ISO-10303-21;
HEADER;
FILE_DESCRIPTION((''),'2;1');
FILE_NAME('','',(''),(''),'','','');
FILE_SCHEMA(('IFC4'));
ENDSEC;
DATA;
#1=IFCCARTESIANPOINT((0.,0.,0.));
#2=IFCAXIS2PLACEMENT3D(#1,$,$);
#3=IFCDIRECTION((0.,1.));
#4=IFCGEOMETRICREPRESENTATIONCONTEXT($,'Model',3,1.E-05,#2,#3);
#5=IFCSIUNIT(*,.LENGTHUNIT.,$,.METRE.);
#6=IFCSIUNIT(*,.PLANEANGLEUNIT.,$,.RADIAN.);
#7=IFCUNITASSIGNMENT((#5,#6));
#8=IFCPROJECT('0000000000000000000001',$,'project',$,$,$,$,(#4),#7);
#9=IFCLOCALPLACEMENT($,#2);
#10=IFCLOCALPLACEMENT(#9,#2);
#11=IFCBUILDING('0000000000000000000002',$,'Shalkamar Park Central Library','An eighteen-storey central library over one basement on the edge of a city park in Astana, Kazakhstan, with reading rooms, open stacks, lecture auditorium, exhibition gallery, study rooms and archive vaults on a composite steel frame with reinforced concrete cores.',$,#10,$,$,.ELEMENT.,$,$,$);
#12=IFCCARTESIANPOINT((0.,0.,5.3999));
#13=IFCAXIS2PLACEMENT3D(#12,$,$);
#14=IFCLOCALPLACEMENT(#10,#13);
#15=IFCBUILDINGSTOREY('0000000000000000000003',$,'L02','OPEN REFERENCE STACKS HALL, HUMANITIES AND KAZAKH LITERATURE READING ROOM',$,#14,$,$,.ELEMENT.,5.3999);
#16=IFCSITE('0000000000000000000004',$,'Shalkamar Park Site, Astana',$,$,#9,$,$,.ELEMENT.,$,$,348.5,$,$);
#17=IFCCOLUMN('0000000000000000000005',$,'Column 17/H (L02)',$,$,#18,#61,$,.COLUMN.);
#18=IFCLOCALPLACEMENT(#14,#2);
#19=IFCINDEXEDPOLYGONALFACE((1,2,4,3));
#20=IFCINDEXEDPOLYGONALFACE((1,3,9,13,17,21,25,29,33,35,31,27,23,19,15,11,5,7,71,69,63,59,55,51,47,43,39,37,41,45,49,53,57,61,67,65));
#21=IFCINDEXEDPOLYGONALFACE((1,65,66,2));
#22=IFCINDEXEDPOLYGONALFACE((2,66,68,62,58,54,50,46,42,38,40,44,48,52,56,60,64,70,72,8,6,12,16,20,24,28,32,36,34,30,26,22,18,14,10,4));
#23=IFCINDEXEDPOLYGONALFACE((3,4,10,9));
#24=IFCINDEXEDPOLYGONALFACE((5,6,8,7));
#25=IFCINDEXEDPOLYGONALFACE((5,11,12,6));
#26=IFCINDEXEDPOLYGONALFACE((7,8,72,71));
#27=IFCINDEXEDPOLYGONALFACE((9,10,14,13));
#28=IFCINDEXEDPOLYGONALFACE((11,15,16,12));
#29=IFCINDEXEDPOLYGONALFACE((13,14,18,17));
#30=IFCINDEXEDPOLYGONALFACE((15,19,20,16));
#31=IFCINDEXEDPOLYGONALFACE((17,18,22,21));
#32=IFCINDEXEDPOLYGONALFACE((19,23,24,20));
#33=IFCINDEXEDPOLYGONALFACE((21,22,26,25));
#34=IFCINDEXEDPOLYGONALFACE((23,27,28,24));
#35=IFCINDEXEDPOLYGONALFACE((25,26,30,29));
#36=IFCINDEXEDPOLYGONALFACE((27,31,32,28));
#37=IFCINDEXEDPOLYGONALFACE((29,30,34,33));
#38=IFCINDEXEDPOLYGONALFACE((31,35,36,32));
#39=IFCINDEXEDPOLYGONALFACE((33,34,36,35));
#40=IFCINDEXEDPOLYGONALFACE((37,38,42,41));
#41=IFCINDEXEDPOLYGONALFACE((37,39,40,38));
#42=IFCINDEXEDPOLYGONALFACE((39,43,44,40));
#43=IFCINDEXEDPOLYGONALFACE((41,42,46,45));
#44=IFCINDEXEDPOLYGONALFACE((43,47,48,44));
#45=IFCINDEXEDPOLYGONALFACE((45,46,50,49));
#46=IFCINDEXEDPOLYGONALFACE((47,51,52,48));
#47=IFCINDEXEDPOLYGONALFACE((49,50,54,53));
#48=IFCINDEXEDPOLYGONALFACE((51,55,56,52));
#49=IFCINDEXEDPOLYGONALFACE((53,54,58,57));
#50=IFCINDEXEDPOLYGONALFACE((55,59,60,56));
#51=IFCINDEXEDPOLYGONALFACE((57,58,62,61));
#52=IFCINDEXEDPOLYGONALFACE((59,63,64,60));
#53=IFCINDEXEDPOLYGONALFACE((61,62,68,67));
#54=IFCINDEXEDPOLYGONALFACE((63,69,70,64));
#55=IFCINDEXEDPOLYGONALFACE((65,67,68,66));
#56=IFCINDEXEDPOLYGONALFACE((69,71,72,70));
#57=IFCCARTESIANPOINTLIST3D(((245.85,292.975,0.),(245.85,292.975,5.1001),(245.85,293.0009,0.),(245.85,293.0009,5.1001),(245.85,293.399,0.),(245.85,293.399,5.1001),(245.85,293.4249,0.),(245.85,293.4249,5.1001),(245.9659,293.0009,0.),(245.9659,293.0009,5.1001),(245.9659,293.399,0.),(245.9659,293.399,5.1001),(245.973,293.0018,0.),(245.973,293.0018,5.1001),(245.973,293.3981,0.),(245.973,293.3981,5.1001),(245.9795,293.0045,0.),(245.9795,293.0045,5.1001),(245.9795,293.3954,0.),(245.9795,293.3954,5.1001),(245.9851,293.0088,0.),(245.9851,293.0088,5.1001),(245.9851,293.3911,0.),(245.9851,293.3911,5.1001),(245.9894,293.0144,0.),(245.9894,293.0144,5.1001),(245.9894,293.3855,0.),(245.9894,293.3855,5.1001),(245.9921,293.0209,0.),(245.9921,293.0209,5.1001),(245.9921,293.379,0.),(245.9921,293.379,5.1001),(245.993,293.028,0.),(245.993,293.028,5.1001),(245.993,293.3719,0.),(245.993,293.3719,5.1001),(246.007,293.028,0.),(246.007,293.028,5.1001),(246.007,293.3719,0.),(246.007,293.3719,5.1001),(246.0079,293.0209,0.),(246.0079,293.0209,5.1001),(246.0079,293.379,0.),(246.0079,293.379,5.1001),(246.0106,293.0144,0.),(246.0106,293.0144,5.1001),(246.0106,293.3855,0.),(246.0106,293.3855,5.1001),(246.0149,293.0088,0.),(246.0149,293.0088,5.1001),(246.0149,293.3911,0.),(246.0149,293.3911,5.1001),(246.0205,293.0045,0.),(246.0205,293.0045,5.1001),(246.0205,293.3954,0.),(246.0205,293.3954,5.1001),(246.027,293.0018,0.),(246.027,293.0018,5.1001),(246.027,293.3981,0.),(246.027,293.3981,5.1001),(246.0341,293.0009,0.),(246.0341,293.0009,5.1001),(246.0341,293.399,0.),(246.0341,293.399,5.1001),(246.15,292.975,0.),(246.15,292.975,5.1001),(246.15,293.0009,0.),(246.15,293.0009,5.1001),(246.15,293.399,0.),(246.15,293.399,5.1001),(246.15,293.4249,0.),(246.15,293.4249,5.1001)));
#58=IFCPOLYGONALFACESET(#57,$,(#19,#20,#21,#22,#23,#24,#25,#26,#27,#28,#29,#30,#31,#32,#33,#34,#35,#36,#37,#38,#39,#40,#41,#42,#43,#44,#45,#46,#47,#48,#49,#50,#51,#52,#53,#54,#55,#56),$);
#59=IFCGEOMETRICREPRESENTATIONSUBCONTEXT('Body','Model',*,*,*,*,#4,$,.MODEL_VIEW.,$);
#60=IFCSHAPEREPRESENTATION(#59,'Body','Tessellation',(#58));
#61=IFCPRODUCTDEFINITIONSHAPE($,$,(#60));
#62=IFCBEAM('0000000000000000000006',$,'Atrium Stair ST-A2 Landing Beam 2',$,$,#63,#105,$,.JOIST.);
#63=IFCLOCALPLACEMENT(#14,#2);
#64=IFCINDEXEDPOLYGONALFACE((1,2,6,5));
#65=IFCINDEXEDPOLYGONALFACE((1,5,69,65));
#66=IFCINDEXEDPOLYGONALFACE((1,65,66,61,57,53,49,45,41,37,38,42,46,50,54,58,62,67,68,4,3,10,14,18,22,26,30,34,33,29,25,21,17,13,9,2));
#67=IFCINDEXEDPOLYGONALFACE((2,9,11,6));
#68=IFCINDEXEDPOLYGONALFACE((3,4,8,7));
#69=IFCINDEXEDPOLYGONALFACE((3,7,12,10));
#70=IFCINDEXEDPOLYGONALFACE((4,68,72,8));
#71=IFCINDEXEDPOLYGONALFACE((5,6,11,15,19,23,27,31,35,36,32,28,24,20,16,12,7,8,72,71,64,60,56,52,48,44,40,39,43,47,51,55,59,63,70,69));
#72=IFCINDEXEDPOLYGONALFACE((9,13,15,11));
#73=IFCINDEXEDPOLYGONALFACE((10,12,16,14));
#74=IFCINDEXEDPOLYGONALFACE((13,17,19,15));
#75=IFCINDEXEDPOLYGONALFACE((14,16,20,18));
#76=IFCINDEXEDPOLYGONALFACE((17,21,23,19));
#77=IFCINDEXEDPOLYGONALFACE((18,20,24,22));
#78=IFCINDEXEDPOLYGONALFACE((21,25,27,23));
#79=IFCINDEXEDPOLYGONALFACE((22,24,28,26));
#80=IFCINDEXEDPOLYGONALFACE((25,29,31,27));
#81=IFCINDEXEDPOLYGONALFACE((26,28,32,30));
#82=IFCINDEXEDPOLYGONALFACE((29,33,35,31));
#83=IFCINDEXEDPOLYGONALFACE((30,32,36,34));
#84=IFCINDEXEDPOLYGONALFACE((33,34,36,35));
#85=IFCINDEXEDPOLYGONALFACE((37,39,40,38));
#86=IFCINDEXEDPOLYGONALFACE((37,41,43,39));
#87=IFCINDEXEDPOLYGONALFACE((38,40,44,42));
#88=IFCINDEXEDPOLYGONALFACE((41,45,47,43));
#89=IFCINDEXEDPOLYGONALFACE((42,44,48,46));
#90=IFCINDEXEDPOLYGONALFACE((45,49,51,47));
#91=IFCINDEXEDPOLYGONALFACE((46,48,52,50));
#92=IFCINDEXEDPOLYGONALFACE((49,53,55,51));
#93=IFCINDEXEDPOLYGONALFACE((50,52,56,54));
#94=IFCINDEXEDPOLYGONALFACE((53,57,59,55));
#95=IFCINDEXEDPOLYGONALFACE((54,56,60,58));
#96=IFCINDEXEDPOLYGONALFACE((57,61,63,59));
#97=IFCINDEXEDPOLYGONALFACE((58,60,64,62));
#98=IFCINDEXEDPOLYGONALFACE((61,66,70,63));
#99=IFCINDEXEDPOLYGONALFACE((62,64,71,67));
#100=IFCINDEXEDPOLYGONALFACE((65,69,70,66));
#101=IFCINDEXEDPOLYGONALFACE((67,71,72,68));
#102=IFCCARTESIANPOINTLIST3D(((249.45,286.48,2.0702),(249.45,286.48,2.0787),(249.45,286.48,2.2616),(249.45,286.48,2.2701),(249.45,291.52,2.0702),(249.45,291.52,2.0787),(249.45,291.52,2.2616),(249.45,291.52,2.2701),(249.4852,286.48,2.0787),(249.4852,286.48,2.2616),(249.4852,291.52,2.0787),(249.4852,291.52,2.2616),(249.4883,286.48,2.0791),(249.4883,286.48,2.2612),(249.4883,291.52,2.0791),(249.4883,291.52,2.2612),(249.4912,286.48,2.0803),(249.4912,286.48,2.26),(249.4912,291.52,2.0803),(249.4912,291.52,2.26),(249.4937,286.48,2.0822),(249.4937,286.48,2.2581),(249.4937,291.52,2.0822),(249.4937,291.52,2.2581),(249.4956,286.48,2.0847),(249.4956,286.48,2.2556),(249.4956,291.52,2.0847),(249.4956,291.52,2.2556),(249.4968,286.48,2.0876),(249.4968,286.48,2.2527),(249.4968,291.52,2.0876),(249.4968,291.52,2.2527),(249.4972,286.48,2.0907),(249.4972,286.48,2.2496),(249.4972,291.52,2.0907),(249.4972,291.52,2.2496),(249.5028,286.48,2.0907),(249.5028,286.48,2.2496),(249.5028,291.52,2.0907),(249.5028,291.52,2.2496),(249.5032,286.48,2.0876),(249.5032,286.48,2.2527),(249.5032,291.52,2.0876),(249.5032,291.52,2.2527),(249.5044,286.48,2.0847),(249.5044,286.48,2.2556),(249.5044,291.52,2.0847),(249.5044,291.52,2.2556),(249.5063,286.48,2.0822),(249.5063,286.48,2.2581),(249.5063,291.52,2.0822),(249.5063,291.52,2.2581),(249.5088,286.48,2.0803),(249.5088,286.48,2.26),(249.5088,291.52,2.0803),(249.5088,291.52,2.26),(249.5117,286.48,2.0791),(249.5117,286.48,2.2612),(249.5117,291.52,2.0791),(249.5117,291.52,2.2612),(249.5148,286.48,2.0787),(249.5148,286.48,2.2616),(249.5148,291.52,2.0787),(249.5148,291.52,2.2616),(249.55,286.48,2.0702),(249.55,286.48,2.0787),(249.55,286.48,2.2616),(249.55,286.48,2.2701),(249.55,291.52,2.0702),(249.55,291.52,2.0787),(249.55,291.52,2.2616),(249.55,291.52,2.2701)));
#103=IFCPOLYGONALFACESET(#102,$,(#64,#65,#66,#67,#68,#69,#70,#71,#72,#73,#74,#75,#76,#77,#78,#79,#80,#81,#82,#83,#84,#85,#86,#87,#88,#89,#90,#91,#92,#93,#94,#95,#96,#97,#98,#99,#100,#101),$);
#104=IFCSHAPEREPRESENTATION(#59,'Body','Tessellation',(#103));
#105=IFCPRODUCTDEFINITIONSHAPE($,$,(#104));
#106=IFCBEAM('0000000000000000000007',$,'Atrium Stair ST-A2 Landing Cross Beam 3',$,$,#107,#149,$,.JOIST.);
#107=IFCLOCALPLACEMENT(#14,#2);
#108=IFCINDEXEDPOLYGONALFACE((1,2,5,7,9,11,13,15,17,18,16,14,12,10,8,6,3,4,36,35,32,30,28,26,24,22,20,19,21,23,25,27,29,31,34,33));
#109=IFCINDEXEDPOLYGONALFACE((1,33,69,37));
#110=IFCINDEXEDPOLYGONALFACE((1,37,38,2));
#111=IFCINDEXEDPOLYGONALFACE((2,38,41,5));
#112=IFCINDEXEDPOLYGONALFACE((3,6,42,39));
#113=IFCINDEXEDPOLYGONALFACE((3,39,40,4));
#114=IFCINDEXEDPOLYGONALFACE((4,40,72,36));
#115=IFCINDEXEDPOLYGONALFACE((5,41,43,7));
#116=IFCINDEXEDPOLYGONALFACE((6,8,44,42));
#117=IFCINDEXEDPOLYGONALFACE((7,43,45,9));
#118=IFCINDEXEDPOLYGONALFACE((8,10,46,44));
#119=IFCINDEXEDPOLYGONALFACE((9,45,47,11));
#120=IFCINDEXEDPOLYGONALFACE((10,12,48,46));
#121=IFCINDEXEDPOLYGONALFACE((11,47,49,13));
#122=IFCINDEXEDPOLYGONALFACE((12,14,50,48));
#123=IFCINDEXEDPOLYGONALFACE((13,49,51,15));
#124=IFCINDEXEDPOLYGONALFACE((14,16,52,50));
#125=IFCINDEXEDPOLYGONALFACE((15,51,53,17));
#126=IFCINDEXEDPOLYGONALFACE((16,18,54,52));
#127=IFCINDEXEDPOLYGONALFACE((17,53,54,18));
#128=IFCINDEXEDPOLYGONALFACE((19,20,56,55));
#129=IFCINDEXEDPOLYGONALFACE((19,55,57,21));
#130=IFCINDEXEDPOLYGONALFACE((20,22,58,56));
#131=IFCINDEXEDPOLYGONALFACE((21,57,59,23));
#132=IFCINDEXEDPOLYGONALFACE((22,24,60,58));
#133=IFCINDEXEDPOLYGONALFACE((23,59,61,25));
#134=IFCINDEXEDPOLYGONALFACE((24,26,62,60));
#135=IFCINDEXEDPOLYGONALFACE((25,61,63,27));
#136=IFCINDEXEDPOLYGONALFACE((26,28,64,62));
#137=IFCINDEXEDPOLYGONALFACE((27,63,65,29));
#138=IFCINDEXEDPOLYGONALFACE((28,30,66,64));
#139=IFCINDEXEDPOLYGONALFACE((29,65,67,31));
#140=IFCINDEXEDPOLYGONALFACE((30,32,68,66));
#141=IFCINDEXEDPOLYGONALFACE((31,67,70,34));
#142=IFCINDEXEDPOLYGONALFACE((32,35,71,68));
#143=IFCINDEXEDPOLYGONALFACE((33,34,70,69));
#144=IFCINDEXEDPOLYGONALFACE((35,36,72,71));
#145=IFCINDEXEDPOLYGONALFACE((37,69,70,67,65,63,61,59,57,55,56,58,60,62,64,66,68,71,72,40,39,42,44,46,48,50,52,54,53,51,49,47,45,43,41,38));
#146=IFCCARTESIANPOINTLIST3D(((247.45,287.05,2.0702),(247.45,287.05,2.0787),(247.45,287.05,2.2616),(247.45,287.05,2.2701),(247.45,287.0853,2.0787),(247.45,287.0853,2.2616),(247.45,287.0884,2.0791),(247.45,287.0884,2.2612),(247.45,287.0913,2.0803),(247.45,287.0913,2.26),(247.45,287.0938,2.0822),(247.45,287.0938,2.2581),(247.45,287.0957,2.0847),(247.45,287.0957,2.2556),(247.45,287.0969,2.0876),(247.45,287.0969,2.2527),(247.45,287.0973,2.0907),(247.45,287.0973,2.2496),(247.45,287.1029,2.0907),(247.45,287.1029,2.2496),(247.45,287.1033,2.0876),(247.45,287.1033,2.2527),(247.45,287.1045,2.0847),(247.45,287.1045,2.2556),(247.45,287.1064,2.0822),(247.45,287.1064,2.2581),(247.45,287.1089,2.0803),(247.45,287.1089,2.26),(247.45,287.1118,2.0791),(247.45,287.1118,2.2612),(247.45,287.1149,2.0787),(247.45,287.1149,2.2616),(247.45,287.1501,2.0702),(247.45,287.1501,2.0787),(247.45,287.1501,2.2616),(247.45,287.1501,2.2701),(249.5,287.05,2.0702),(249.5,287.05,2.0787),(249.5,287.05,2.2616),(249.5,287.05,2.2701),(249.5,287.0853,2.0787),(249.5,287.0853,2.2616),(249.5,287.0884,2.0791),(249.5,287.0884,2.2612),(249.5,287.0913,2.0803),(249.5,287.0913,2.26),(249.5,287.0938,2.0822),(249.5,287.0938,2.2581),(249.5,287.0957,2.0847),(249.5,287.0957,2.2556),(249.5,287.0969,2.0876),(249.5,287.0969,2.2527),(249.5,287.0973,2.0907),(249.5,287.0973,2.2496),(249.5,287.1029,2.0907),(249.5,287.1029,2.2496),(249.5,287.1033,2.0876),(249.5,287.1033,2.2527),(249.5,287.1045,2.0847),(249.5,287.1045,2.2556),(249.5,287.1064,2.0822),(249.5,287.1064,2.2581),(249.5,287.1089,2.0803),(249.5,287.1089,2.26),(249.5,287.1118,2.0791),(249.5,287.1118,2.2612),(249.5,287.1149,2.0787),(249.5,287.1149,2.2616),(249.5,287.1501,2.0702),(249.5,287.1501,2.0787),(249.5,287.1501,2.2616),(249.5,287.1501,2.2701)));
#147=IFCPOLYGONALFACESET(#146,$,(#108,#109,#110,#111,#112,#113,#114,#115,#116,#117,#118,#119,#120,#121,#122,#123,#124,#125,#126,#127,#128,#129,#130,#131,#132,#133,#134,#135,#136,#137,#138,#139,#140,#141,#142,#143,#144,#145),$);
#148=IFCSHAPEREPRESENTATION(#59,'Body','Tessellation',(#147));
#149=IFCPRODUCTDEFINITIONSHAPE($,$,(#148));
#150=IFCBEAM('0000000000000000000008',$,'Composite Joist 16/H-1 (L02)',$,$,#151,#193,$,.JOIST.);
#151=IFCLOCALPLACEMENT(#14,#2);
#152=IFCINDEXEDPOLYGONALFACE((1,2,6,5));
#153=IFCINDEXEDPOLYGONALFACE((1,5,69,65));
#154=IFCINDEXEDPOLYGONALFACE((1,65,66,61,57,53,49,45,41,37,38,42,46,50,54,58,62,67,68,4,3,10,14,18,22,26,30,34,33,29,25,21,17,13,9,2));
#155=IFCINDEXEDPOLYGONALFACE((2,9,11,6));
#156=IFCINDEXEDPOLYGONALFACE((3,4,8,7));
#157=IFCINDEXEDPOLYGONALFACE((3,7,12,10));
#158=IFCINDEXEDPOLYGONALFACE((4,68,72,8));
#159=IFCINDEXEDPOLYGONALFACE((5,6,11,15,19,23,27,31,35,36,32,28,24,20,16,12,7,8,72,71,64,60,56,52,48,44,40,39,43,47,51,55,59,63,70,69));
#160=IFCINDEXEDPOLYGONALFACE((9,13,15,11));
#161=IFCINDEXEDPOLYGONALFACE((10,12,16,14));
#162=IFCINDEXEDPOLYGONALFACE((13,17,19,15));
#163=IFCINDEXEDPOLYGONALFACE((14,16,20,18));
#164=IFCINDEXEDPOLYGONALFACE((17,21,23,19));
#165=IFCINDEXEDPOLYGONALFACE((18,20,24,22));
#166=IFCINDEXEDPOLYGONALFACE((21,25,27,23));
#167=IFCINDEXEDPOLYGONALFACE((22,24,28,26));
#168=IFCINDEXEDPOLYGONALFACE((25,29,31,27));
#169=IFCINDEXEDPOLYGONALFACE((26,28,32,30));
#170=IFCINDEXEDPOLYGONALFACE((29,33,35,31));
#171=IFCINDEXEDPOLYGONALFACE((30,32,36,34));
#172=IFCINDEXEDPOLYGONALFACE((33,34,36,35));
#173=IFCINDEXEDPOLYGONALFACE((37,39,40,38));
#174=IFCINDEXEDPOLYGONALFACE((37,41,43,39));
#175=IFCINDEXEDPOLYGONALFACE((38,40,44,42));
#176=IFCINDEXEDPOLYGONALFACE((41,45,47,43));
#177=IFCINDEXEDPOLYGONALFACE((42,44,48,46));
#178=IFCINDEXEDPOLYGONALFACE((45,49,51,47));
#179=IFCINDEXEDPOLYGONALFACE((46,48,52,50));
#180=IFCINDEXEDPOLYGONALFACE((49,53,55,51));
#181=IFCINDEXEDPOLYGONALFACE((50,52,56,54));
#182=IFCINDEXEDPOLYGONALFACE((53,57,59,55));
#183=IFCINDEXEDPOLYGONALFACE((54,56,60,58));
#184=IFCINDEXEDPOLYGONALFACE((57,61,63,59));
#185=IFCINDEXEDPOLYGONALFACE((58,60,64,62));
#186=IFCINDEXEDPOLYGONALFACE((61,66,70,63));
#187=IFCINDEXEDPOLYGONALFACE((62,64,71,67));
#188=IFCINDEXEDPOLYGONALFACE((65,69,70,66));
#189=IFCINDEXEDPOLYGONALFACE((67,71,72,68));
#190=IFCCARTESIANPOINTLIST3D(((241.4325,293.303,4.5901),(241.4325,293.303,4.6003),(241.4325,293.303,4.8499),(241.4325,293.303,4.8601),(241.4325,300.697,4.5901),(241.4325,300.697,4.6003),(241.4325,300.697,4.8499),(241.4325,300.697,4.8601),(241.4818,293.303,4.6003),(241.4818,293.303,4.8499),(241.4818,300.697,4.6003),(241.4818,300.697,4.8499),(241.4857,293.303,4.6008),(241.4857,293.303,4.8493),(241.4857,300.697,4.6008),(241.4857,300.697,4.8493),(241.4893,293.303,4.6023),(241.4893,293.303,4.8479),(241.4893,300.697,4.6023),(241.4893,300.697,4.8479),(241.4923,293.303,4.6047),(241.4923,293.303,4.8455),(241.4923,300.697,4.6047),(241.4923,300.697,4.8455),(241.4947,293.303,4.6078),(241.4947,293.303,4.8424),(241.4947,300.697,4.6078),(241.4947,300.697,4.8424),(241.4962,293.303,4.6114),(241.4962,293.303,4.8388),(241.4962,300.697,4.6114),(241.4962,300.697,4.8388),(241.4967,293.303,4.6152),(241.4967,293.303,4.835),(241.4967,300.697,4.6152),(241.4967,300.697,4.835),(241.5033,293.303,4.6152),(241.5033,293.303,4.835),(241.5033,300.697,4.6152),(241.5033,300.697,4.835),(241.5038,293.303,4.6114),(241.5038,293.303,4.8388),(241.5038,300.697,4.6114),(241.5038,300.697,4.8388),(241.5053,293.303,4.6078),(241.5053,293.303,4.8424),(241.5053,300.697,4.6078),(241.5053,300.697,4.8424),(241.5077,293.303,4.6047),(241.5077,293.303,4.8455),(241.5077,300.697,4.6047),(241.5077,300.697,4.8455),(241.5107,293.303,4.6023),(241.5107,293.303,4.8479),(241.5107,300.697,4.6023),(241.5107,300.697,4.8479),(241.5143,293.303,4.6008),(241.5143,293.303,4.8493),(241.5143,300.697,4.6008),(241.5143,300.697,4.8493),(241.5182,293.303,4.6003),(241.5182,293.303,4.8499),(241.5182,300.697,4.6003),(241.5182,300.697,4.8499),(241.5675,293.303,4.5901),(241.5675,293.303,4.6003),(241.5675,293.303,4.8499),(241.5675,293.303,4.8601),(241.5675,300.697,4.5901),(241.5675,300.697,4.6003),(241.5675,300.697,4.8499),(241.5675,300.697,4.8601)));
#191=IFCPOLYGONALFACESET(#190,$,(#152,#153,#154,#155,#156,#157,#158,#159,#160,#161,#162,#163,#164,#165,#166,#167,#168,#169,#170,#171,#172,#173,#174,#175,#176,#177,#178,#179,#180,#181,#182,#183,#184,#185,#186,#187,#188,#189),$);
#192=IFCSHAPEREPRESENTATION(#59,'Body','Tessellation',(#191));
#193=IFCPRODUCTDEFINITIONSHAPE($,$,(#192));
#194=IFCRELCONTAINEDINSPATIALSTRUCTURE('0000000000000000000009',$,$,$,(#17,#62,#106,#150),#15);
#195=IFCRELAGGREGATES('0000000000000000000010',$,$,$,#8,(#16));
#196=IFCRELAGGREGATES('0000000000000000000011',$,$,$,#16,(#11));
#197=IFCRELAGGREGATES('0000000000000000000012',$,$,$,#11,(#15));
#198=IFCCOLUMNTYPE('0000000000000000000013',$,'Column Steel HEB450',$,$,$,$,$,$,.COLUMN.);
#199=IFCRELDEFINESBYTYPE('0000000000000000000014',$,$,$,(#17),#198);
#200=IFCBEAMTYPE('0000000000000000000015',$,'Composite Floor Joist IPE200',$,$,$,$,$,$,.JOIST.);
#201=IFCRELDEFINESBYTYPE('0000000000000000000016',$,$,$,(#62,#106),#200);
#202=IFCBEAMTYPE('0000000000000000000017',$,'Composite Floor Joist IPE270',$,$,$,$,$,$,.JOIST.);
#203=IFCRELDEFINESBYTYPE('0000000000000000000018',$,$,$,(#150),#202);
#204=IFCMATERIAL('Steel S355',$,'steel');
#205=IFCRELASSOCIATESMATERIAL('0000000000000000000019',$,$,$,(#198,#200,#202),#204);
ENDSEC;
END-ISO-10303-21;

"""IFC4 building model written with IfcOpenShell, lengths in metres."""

from ifc_helpers import new_model, si_unit, direction, frame, origin, origin_2d, place, context, subcontext, project, spatial, i_section, extrude, material, material_profile, profile_set, type_object, element, save


model = new_model("IFC4")

# Units and contexts
model_context = context("Model", 3, precision=1e-05, world=origin(), true_north=direction((0.0, 1.0)))
body_context = subcontext(model_context, "Body", "Model", "MODEL_VIEW")
ifc_project = project(units=[si_unit("LENGTHUNIT", "METRE"), si_unit("PLANEANGLEUNIT", "RADIAN")], contexts=[model_context])

# Site, building, storey
site_placement = place(None, origin())
site = spatial("IfcSite", under=ifc_project, at=site_placement, Name="Shalkamar Park Site, Astana", CompositionType="ELEMENT", RefElevation=348.5)
building_placement = place(site_placement, origin())
building = spatial("IfcBuilding", under=site, at=building_placement, Name="Shalkamar Park Central Library", Description="An eighteen-storey central library over one basement on the edge of a city park in Astana, Kazakhstan, with reading rooms, open stacks, lecture auditorium, exhibition gallery, study rooms and archive vaults on a composite steel frame with reinforced concrete cores.", CompositionType="ELEMENT")
storey_placement = place(building_placement, frame((0.0, 0.0, 5.3999)))
storey = spatial("IfcBuildingStorey", under=building, at=storey_placement, Name="L02", Description="OPEN REFERENCE STACKS HALL, HUMANITIES AND KAZAKH LITERATURE READING ROOM", CompositionType="ELEMENT", Elevation=5.3999)

# Column
ifc_material_1 = material(Name="Steel S355", Category="steel")
ifc_material_profile_1 = material_profile(ifc_material_1, i_section(OverallWidth=0.3, OverallDepth=0.45, WebThickness=0.0139, FlangeThickness=0.0259, FilletRadius=0.0271, at=origin_2d()), Name="HEB 450")
ifc_profile_set_1 = profile_set([ifc_material_profile_1], Name="Steel S355")
column_type = type_object("IfcColumnType", Name="Column Steel HEB450", PredefinedType="COLUMN", material=ifc_profile_set_1)
column_placement = place(storey_placement, frame((246.0, 293.2, 0.0), z_axis=(0.0, 0.0, 1.0), x_axis=(1.0, 0.0, 0.0)))
element("IfcColumn", 1, at=column_placement, inside=storey, type_object=column_type, Name="Column 17/H (L02)", PredefinedType="COLUMN", context=body_context, shape_type="SweptSolid", body=[
    extrude(i_section(OverallWidth=0.3, OverallDepth=0.45, WebThickness=0.0139, FlangeThickness=0.0259, FilletRadius=0.0271, at=origin_2d()), origin(), (0.0, 0.0, 1.0), 5.1001),
])

# Beams
ifc_material_profile_2 = material_profile(ifc_material_1, i_section(OverallWidth=0.1001, OverallDepth=0.2, WebThickness=0.0056, FlangeThickness=0.0085, FilletRadius=0.012, at=origin_2d()), Name="IPE 200")
ifc_profile_set_2 = profile_set([ifc_material_profile_2], Name="Steel S355")
beam_type_1 = type_object("IfcBeamType", Name="Composite Floor Joist IPE200", PredefinedType="JOIST", material=ifc_profile_set_2)
beam_1_placement = place(storey_placement, frame((249.5, 286.48, 2.1702), z_axis=(0.0, 1.0, 0.0), x_axis=(-1.0, 0.0, 0.0)))
element("IfcBeam", 2, at=beam_1_placement, inside=storey, type_object=beam_type_1, Name="Atrium Stair ST-A2 Landing Beam 2", PredefinedType="JOIST", context=body_context, shape_type="SweptSolid", body=[
    extrude(i_section(OverallWidth=0.1001, OverallDepth=0.2, WebThickness=0.0056, FlangeThickness=0.0085, FilletRadius=0.012, at=origin_2d()), origin(), (0.0, 0.0, 1.0), 5.04),
])
beam_2_placement = place(storey_placement, frame((247.45, 287.1001, 2.1702), z_axis=(1.0, 0.0, 0.0), x_axis=(0.0, 1.0, 0.0)))
element("IfcBeam", 3, at=beam_2_placement, inside=storey, type_object=beam_type_1, Name="Atrium Stair ST-A2 Landing Cross Beam 3", PredefinedType="JOIST", context=body_context, shape_type="SweptSolid", body=[
    extrude(i_section(OverallWidth=0.1001, OverallDepth=0.2, WebThickness=0.0056, FlangeThickness=0.0085, FilletRadius=0.012, at=origin_2d()), origin(), (0.0, 0.0, 1.0), 2.05),
])
ifc_material_profile_3 = material_profile(ifc_material_1, i_section(OverallWidth=0.135, OverallDepth=0.27, WebThickness=0.0066, FlangeThickness=0.0103, FilletRadius=0.0149, at=origin_2d()), Name="IPE 270")
ifc_profile_set_3 = profile_set([ifc_material_profile_3], Name="Steel S355")
beam_type_2 = type_object("IfcBeamType", Name="Composite Floor Joist IPE270", PredefinedType="JOIST", material=ifc_profile_set_3)
for number, where, z_axis, x_axis, name in (
    (4, (241.5, 293.303, 4.7251), (0.0, 1.0, 0.0), (-1.0, 0.0, 0.0), "Composite Joist 16/H-1 (L02)"),
):
    element("IfcBeam", number, at=place(storey_placement, frame(where, z_axis=z_axis, x_axis=x_axis)), inside=storey, type_object=beam_type_2, Name=name, PredefinedType="JOIST", context=body_context, shape_type="SweptSolid", body=[
        extrude(i_section(OverallWidth=0.135, OverallDepth=0.27, WebThickness=0.0066, FlangeThickness=0.0103, FilletRadius=0.0149, at=origin_2d()), origin(), (0.0, 0.0, 1.0), 7.394),
    ])

save(model, "model.ifc")
